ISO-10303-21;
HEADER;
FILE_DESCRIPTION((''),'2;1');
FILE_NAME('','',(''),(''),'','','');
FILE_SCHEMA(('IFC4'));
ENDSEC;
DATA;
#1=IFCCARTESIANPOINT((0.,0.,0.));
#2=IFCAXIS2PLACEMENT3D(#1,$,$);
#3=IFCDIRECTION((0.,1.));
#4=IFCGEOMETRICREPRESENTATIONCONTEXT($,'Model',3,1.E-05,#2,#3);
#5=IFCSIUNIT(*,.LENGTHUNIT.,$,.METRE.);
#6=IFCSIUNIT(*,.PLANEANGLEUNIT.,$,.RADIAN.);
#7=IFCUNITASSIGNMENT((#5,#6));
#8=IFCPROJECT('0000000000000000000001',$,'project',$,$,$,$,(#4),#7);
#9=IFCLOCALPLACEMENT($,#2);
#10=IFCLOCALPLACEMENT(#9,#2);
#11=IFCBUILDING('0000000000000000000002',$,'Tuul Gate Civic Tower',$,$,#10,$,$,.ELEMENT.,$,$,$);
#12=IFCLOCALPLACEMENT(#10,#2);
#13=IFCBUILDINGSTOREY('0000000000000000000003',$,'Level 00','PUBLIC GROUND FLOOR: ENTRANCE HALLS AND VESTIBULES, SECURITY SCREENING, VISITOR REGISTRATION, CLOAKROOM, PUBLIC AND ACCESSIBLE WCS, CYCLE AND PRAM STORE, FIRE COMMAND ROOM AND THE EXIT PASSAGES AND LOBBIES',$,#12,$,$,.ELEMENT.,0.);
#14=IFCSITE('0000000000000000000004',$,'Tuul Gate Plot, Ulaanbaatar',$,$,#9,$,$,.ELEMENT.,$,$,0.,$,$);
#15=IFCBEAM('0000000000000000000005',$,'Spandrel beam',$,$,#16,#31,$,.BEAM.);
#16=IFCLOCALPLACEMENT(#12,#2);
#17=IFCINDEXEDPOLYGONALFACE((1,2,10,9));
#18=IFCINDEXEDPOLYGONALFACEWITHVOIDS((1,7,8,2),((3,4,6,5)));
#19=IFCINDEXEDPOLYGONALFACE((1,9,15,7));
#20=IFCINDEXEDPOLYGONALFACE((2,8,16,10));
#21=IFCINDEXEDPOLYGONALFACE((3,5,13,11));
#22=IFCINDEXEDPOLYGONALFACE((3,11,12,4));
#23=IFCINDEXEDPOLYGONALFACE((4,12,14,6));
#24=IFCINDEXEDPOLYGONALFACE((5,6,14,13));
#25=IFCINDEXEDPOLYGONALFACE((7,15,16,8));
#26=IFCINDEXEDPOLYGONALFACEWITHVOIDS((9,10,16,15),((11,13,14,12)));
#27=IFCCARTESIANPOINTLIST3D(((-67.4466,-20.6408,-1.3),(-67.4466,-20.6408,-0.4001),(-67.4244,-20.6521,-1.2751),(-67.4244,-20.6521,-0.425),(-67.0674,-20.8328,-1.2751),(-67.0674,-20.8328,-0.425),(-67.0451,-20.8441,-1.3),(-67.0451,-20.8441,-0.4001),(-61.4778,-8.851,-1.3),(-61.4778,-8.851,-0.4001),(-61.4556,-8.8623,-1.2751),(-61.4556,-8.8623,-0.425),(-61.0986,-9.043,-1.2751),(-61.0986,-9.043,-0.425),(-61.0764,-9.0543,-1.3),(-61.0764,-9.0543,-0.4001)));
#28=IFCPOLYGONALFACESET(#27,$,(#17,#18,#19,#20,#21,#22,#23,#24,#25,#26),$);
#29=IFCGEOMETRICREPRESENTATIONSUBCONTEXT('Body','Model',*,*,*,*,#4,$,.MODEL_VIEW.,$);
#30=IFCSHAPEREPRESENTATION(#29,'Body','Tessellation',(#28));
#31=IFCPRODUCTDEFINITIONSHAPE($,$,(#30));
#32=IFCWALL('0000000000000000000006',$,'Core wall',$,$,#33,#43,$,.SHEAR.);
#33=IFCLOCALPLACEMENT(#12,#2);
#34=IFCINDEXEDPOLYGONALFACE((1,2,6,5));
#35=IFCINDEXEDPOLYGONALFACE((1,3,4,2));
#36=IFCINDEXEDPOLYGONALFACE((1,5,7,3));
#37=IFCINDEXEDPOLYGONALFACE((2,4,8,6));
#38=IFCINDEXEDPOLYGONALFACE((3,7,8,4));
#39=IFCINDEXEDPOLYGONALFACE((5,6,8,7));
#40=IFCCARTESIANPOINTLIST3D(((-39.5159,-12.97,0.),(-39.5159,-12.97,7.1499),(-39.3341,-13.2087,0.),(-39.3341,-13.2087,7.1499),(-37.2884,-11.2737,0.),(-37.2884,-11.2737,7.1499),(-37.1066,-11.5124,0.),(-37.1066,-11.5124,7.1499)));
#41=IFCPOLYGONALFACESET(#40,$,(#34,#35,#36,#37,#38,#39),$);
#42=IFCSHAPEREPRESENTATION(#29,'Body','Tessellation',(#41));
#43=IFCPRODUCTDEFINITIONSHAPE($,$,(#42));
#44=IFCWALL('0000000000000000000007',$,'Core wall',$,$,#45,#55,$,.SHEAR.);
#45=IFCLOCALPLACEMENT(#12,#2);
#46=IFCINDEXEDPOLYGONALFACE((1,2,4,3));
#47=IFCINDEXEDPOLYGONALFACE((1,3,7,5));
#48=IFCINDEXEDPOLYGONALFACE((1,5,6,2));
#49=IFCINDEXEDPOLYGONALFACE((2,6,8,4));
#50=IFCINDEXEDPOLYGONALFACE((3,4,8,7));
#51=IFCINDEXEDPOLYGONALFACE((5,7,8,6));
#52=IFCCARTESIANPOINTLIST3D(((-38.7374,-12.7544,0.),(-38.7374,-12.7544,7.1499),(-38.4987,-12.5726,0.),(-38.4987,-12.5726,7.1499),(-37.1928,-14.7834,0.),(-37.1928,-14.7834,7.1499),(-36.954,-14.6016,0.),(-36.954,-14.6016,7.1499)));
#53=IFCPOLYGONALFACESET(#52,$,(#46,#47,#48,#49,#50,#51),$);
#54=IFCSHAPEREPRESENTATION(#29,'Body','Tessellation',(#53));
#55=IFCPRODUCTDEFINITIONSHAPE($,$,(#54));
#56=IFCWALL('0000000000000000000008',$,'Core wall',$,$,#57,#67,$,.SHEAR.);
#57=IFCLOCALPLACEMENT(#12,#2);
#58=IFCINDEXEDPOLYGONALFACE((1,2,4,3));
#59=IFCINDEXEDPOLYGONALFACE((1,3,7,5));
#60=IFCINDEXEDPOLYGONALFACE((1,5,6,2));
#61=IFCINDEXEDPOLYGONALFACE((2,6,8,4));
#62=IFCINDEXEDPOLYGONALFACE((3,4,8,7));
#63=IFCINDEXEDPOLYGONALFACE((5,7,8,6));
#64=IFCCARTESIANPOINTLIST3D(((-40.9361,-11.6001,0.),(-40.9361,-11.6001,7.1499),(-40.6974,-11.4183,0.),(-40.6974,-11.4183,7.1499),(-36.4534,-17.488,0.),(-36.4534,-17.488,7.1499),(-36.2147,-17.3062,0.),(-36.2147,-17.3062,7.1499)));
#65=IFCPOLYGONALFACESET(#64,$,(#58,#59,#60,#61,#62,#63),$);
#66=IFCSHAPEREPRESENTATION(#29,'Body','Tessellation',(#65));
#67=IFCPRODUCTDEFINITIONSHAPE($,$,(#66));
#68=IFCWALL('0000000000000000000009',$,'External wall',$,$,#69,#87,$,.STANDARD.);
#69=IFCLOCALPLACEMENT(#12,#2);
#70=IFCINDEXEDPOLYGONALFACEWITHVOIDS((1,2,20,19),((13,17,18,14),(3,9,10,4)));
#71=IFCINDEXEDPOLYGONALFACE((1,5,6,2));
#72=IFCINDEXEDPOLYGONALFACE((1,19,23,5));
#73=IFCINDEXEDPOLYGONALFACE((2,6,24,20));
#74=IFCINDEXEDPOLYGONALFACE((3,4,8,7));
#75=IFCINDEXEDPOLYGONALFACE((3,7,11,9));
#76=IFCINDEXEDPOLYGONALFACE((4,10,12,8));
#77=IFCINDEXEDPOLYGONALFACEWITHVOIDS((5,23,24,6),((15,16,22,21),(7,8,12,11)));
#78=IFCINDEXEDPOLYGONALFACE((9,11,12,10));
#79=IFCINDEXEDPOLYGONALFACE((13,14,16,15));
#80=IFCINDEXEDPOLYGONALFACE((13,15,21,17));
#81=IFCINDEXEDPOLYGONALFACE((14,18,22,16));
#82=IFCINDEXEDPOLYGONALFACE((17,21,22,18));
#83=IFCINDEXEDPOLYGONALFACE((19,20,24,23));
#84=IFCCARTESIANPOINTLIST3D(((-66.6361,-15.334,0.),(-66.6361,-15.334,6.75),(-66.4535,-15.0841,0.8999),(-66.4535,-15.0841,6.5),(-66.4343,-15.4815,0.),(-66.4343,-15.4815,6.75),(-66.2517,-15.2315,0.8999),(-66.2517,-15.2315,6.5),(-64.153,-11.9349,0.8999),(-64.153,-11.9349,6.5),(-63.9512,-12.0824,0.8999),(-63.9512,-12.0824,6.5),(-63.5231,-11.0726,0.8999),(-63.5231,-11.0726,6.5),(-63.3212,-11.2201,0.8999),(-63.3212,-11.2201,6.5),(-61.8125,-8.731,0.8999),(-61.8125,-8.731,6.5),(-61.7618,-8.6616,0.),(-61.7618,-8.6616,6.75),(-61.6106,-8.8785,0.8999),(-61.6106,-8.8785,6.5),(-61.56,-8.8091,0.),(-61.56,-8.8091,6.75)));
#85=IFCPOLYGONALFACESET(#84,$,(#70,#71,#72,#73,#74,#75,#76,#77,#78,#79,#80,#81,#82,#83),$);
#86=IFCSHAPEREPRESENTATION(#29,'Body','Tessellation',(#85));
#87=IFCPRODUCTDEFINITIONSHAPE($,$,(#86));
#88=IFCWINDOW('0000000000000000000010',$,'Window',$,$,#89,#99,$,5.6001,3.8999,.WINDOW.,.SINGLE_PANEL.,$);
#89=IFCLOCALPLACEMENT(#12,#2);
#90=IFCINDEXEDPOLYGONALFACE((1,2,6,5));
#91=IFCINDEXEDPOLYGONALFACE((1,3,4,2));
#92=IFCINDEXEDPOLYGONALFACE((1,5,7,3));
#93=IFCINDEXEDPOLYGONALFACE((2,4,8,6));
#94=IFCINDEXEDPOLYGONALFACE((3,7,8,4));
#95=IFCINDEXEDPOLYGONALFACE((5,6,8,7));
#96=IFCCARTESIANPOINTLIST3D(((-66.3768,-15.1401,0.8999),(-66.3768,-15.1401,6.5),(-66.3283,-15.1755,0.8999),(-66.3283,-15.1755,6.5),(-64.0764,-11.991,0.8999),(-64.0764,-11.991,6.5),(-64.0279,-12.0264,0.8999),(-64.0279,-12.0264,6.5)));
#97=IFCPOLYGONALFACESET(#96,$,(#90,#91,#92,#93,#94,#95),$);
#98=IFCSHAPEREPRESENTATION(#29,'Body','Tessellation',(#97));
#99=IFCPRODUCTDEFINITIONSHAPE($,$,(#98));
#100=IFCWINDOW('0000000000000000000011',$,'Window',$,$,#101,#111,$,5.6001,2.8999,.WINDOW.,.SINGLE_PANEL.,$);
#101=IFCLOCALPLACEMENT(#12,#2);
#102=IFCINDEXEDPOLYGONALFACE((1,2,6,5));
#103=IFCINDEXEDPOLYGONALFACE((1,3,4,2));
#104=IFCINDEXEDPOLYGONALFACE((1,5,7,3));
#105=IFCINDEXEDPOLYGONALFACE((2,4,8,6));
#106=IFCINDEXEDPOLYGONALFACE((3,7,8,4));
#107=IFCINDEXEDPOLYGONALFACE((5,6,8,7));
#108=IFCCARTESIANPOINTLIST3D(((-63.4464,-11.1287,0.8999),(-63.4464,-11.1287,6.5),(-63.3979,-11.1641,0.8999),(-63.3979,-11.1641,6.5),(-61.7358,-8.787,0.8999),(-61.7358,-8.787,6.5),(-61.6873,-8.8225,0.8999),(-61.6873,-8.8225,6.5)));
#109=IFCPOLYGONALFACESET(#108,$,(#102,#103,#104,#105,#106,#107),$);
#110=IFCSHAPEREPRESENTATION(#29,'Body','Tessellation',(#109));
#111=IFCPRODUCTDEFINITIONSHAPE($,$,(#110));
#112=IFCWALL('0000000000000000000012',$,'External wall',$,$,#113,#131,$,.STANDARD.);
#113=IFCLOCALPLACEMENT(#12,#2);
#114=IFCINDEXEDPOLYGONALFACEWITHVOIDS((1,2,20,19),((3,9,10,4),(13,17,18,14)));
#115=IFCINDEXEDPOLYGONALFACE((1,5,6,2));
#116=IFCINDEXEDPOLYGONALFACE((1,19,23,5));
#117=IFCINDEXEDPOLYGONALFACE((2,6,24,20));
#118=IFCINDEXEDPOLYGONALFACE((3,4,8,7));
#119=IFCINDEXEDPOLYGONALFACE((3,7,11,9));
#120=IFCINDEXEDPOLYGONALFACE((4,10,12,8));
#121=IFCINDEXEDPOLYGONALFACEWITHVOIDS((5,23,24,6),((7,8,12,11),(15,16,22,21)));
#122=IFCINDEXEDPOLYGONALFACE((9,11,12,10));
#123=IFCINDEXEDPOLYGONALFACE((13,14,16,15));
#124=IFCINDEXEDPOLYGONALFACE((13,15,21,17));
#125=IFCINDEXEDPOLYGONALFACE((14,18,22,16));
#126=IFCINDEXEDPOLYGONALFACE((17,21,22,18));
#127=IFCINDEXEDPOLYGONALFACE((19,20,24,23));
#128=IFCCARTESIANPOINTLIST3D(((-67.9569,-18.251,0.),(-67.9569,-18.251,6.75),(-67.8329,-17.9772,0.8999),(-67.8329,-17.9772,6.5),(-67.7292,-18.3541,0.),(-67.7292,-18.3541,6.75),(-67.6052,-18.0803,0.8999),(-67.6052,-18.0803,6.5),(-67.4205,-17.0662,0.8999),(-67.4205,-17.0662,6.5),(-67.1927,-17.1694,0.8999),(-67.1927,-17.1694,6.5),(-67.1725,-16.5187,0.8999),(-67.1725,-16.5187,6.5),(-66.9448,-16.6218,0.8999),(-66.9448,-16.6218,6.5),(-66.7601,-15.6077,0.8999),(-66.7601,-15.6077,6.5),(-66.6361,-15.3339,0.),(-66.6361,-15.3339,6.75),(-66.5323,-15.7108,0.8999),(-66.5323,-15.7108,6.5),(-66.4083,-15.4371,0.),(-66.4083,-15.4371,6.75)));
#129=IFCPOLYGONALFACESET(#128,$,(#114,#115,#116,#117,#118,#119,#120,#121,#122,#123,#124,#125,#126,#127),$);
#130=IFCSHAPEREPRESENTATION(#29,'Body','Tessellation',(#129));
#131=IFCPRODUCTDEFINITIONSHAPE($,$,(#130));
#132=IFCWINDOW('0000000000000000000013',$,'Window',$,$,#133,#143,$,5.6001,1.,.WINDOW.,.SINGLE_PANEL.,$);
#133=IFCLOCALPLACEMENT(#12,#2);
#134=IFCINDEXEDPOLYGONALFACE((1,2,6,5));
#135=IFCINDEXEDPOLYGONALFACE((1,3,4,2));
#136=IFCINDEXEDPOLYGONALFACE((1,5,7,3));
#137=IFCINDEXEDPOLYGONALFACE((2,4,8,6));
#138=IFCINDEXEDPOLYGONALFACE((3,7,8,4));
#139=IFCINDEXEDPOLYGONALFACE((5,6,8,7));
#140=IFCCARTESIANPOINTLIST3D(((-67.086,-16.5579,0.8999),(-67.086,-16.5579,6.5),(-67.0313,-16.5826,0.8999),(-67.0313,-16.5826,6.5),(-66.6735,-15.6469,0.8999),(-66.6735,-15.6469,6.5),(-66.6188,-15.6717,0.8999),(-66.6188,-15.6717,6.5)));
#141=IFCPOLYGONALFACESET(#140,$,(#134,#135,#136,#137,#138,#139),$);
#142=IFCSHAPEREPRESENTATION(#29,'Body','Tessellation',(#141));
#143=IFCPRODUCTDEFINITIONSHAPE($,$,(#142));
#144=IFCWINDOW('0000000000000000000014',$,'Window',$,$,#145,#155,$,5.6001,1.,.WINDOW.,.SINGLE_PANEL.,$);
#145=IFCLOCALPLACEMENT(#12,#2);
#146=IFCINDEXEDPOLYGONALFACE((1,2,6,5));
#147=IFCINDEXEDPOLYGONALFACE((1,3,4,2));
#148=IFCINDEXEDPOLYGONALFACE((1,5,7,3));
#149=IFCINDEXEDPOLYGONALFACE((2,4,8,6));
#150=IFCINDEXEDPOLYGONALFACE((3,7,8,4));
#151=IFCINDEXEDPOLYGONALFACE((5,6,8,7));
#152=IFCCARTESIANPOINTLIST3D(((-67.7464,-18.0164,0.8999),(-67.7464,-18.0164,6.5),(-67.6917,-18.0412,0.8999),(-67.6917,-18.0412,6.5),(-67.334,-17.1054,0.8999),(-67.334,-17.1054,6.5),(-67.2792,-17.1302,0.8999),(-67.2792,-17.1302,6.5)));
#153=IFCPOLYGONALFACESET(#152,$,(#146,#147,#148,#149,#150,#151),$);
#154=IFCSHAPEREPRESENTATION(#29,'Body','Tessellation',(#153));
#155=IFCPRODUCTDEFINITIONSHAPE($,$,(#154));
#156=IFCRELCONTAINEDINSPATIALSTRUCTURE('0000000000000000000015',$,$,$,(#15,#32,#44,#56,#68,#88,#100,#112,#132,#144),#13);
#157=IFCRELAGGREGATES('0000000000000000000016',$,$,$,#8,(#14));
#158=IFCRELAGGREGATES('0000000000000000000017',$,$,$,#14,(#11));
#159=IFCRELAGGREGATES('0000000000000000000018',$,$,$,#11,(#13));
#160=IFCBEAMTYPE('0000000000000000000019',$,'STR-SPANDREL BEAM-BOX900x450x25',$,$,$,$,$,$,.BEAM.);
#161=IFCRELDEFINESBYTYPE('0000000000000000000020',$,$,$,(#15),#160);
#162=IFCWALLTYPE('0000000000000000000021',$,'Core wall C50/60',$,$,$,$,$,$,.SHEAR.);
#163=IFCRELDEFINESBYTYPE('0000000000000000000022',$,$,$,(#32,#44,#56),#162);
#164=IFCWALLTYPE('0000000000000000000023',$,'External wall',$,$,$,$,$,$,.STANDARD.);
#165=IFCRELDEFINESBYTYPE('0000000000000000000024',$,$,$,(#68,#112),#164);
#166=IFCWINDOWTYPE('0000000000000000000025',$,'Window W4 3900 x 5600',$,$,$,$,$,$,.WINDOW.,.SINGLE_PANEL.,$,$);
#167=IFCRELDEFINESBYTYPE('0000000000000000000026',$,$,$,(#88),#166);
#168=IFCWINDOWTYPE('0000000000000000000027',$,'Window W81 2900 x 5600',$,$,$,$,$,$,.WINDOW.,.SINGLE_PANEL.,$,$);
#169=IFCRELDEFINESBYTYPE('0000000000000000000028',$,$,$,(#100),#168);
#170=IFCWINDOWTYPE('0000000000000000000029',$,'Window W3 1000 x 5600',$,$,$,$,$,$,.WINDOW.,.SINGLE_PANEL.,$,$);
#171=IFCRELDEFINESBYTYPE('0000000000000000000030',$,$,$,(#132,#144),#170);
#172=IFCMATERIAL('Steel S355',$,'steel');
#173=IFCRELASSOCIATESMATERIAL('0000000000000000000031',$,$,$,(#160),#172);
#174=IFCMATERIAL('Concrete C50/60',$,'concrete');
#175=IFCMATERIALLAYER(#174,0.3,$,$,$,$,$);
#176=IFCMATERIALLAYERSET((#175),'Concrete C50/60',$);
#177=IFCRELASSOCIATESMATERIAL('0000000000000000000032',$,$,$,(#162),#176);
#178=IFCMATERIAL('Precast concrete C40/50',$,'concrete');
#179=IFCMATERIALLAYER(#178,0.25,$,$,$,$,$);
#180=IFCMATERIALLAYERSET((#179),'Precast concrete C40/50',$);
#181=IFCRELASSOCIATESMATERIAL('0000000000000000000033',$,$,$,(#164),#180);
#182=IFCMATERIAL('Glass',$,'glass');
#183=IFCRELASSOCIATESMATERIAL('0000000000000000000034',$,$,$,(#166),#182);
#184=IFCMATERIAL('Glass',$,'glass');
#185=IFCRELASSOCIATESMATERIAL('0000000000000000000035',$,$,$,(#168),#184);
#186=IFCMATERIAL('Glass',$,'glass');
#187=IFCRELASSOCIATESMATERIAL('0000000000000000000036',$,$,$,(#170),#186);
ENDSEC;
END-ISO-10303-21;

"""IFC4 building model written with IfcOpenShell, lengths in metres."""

from ifc_helpers import new_model, si_unit, direction, frame, frame_2d, origin, origin_2d, place, context, subcontext, project, spatial, rectangle, hollow_rectangle, extrude, material, layer, layer_set, material_profile, profile_set, type_object, element, fill, save


model = new_model("IFC4")

# Units and contexts
model_context = context("Model", 3, precision=1e-05, world=origin(), true_north=direction((0.0, 1.0)))
body_context = subcontext(model_context, "Body", "Model", "MODEL_VIEW")
ifc_project = project(units=[si_unit("LENGTHUNIT", "METRE"), si_unit("PLANEANGLEUNIT", "RADIAN")], contexts=[model_context])

# Site, building, storey
site_placement = place(None, origin())
site = spatial("IfcSite", under=ifc_project, at=site_placement, Name="Tuul Gate Plot, Ulaanbaatar", CompositionType="ELEMENT", RefElevation=0.0)
building_placement = place(site_placement, origin())
building = spatial("IfcBuilding", under=site, at=building_placement, Name="Tuul Gate Civic Tower", CompositionType="ELEMENT")
storey_placement = place(building_placement, origin())
storey = spatial("IfcBuildingStorey", under=building, at=storey_placement, Name="Level 00", Description="PUBLIC GROUND FLOOR: ENTRANCE HALLS AND VESTIBULES, SECURITY SCREENING, VISITOR REGISTRATION, CLOAKROOM, PUBLIC AND ACCESSIBLE WCS, CYCLE AND PRAM STORE, FIRE COMMAND ROOM AND THE EXIT PASSAGES AND LOBBIES", CompositionType="ELEMENT", Elevation=0.0)

# Beam
ifc_material_1 = material(Name="Steel S355", Category="steel")
ifc_material_profile_1 = material_profile(ifc_material_1, hollow_rectangle(XDim=0.45, YDim=0.8999, WallThickness=0.0249, at=origin_2d()), Name="BOX900x450x25")
ifc_profile_set_1 = profile_set([ifc_material_profile_1], Name="Steel S355")
beam_type_1 = type_object("IfcBeamType", Name="STR-SPANDREL BEAM-BOX900x450x25", PredefinedType="BEAM", material=ifc_profile_set_1)
beam_1_placement = place(storey_placement, frame((-61.2771, -8.9526, -0.8501), z_axis=(-0.451679, -0.892181, 0.0), x_axis=(0.892181, -0.451679, 0.0)))
element("IfcBeam", 1, at=beam_1_placement, inside=storey, type_object=beam_type_1, Name="Spandrel beam", PredefinedType="BEAM", context=body_context, shape_type="SweptSolid", body=[
    extrude(hollow_rectangle(XDim=0.45, YDim=0.8999, WallThickness=0.0249, at=origin_2d()), origin(), (0.0, 0.0, 1.0), 13.2146),
])

# Walls
ifc_material_2 = material(Name="Concrete C50/60", Category="concrete")
ifc_layer_1 = layer(ifc_material_2, 0.3)
ifc_layer_set_1 = layer_set([ifc_layer_1], Name="Concrete C50/60")
wall_type_1 = type_object("IfcWallType", Name="Core wall C50/60", PredefinedType="SHEAR", material=ifc_layer_set_1)
wall_1_placement = place(storey_placement, frame((-37.1975, -11.3931, 0.0), z_axis=(0.0, 0.0, 1.0), x_axis=(-0.795584, -0.605844, 0.0)))
element("IfcWall", 2, at=wall_1_placement, inside=storey, type_object=wall_type_1, Name="Core wall", PredefinedType="SHEAR", context=body_context, shape_type="SweptSolid", body=[
    extrude(rectangle(XDim=2.7998, YDim=0.3, at=frame_2d((1.3999, 0.0))), origin(), (0.0, 0.0, 1.0), 7.1499),
])
wall_2_placement = place(storey_placement, frame((-37.0735, -14.6924, 0.0), z_axis=(0.0, 0.0, 1.0), x_axis=(-0.605729, 0.795671, 0.0)))
element("IfcWall", 3, at=wall_2_placement, inside=storey, type_object=wall_type_1, Name="Core wall", PredefinedType="SHEAR", context=body_context, shape_type="SweptSolid", body=[
    extrude(rectangle(XDim=2.55, YDim=0.3, at=frame_2d((1.2749, 0.0))), origin(), (0.0, 0.0, 1.0), 7.1499),
])
wall_3_placement = place(storey_placement, frame((-36.334, -17.3972, 0.0), z_axis=(0.0, 0.0, 1.0), x_axis=(-0.605754, 0.795652, 0.0)))
element("IfcWall", 4, at=wall_3_placement, inside=storey, type_object=wall_type_1, Name="Core wall", PredefinedType="SHEAR", context=body_context, shape_type="SweptSolid", body=[
    extrude(rectangle(XDim=7.4001, YDim=0.3, at=frame_2d((3.7002, 0.0))), origin(), (0.0, 0.0, 1.0), 7.1499),
])

# Walls, openings, windows
ifc_material_3 = material(Name="Precast concrete C40/50", Category="concrete")
ifc_layer_2 = layer(ifc_material_3, 0.25)
ifc_layer_set_2 = layer_set([ifc_layer_2], Name="Precast concrete C40/50")
wall_type_2 = type_object("IfcWallType", Name="External wall", PredefinedType="STANDARD", material=ifc_layer_set_2)
wall_4_placement = place(storey_placement, frame((-61.6609, -8.7354, 0.0), z_axis=(0.0, 0.0, 1.0), x_axis=(-0.589883, -0.807489, 0.0)))
wall_4 = element("IfcWall", 5, at=wall_4_placement, inside=storey, type_object=wall_type_2, Name="External wall", PredefinedType="STANDARD", context=body_context, shape_type="SweptSolid", body=[
    extrude(rectangle(XDim=8.2632, YDim=0.25, at=frame_2d((4.1316, 0.0))), origin(), (0.0, 0.0, 1.0), 6.75),
])
opening_1_placement = place(wall_4_placement, frame((0.0859, 0.0, 0.8999)))
opening_1 = element("IfcOpeningElement", 6, at=opening_1_placement, cuts=wall_4, PredefinedType="OPENING", context=body_context, shape_type="SweptSolid", body=[
    extrude(rectangle(XDim=2.8999, YDim=5.6001, at=frame_2d((1.45, 2.8))), frame((0.0, 0.135, 0.0), z_axis=(0.0, -1.0, 0.0), x_axis=(1.0, 0.0, 0.0)), (0.0, 0.0, 1.0), 0.27),
])
opening_2_placement = place(wall_4_placement, frame((4.0537, 0.0, 0.8999)))
opening_2 = element("IfcOpeningElement", 7, at=opening_2_placement, cuts=wall_4, PredefinedType="OPENING", context=body_context, shape_type="SweptSolid", body=[
    extrude(rectangle(XDim=3.8999, YDim=5.6001, at=frame_2d((1.95, 2.8))), frame((0.0, 0.135, 0.0), z_axis=(0.0, -1.0, 0.0), x_axis=(1.0, 0.0, 0.0)), (0.0, 0.0, 1.0), 0.27),
])
ifc_material_4 = material(Name="Glass", Category="glass")
window_type_1 = type_object("IfcWindowType", Name="Window W4 3900 x 5600", PartitioningType="SINGLE_PANEL", PredefinedType="WINDOW", material=ifc_material_4)
window_1_placement = place(opening_2_placement, origin())
window_1 = element("IfcWindow", 8, at=window_1_placement, inside=storey, type_object=window_type_1, Name="Window", OverallHeight=5.6001, OverallWidth=3.8999, PartitioningType="SINGLE_PANEL", PredefinedType="WINDOW", context=body_context, shape_type="SweptSolid", body=[
    extrude(rectangle(XDim=3.8999, YDim=5.6001, at=frame_2d((1.95, 2.8))), frame((0.0, 0.03, 0.0), z_axis=(0.0, -1.0, 0.0), x_axis=(1.0, 0.0, 0.0)), (0.0, 0.0, 1.0), 0.0601),
])
fill(opening_2, window_1)
ifc_material_5 = material(Name="Glass", Category="glass")
window_type_2 = type_object("IfcWindowType", Name="Window W81 2900 x 5600", PartitioningType="SINGLE_PANEL", PredefinedType="WINDOW", material=ifc_material_5)
window_2_placement = place(opening_1_placement, origin())
window_2 = element("IfcWindow", 9, at=window_2_placement, inside=storey, type_object=window_type_2, Name="Window", OverallHeight=5.6001, OverallWidth=2.8999, PartitioningType="SINGLE_PANEL", PredefinedType="WINDOW", context=body_context, shape_type="SweptSolid", body=[
    extrude(rectangle(XDim=2.8999, YDim=5.6001, at=frame_2d((1.45, 2.8))), frame((0.0, 0.03, 0.0), z_axis=(0.0, -1.0, 0.0), x_axis=(1.0, 0.0, 0.0)), (0.0, 0.0, 1.0), 0.0601),
])
fill(opening_1, window_2)
wall_5_placement = place(storey_placement, frame((-66.5222, -15.3855, 0.0), z_axis=(0.0, 0.0, 1.0), x_axis=(-0.412481, -0.910966, 0.0)))
wall_5 = element("IfcWall", 10, at=wall_5_placement, inside=storey, type_object=wall_type_2, Name="External wall", PredefinedType="STANDARD", context=body_context, shape_type="SweptSolid", body=[
    extrude(rectangle(XDim=3.2021, YDim=0.25, at=frame_2d((1.6011, 0.0))), origin(), (0.0, 0.0, 1.0), 6.75),
])
opening_3_placement = place(wall_5_placement, frame((0.3005, 0.0, 0.8999)))
opening_3 = element("IfcOpeningElement", 11, at=opening_3_placement, cuts=wall_5, PredefinedType="OPENING", context=body_context, shape_type="SweptSolid", body=[
    extrude(rectangle(XDim=1.0, YDim=5.6001, at=frame_2d((0.5, 2.8))), frame((0.0, 0.135, 0.0), z_axis=(0.0, -1.0, 0.0), x_axis=(1.0, 0.0, 0.0)), (0.0, 0.0, 1.0), 0.27),
])
opening_4_placement = place(wall_5_placement, frame((1.9016, 0.0, 0.8999)))
opening_4 = element("IfcOpeningElement", 12, at=opening_4_placement, cuts=wall_5, PredefinedType="OPENING", context=body_context, shape_type="SweptSolid", body=[
    extrude(rectangle(XDim=1.0, YDim=5.6001, at=frame_2d((0.5, 2.8))), frame((0.0, 0.135, 0.0), z_axis=(0.0, -1.0, 0.0), x_axis=(1.0, 0.0, 0.0)), (0.0, 0.0, 1.0), 0.27),
])
ifc_material_6 = material(Name="Glass", Category="glass")
window_type_3 = type_object("IfcWindowType", Name="Window W3 1000 x 5600", PartitioningType="SINGLE_PANEL", PredefinedType="WINDOW", material=ifc_material_6)
window_3_placement = place(opening_3_placement, origin())
window_3 = element("IfcWindow", 13, at=window_3_placement, inside=storey, type_object=window_type_3, Name="Window", OverallHeight=5.6001, OverallWidth=1.0, PartitioningType="SINGLE_PANEL", PredefinedType="WINDOW", context=body_context, shape_type="SweptSolid", body=[
    extrude(rectangle(XDim=1.0, YDim=5.6001, at=frame_2d((0.5, 2.8))), frame((0.0, 0.03, 0.0), z_axis=(0.0, -1.0, 0.0), x_axis=(1.0, 0.0, 0.0)), (0.0, 0.0, 1.0), 0.0601),
])
fill(opening_3, window_3)
window_4_placement = place(opening_4_placement, origin())
window_4 = element("IfcWindow", 14, at=window_4_placement, inside=storey, type_object=window_type_3, Name="Window", OverallHeight=5.6001, OverallWidth=1.0, PartitioningType="SINGLE_PANEL", PredefinedType="WINDOW", context=body_context, shape_type="SweptSolid", body=[
    extrude(rectangle(XDim=1.0, YDim=5.6001, at=frame_2d((0.5, 2.8))), frame((0.0, 0.03, 0.0), z_axis=(0.0, -1.0, 0.0), x_axis=(1.0, 0.0, 0.0)), (0.0, 0.0, 1.0), 0.0601),
])
fill(opening_4, window_4)

save(model, "model.ifc")
